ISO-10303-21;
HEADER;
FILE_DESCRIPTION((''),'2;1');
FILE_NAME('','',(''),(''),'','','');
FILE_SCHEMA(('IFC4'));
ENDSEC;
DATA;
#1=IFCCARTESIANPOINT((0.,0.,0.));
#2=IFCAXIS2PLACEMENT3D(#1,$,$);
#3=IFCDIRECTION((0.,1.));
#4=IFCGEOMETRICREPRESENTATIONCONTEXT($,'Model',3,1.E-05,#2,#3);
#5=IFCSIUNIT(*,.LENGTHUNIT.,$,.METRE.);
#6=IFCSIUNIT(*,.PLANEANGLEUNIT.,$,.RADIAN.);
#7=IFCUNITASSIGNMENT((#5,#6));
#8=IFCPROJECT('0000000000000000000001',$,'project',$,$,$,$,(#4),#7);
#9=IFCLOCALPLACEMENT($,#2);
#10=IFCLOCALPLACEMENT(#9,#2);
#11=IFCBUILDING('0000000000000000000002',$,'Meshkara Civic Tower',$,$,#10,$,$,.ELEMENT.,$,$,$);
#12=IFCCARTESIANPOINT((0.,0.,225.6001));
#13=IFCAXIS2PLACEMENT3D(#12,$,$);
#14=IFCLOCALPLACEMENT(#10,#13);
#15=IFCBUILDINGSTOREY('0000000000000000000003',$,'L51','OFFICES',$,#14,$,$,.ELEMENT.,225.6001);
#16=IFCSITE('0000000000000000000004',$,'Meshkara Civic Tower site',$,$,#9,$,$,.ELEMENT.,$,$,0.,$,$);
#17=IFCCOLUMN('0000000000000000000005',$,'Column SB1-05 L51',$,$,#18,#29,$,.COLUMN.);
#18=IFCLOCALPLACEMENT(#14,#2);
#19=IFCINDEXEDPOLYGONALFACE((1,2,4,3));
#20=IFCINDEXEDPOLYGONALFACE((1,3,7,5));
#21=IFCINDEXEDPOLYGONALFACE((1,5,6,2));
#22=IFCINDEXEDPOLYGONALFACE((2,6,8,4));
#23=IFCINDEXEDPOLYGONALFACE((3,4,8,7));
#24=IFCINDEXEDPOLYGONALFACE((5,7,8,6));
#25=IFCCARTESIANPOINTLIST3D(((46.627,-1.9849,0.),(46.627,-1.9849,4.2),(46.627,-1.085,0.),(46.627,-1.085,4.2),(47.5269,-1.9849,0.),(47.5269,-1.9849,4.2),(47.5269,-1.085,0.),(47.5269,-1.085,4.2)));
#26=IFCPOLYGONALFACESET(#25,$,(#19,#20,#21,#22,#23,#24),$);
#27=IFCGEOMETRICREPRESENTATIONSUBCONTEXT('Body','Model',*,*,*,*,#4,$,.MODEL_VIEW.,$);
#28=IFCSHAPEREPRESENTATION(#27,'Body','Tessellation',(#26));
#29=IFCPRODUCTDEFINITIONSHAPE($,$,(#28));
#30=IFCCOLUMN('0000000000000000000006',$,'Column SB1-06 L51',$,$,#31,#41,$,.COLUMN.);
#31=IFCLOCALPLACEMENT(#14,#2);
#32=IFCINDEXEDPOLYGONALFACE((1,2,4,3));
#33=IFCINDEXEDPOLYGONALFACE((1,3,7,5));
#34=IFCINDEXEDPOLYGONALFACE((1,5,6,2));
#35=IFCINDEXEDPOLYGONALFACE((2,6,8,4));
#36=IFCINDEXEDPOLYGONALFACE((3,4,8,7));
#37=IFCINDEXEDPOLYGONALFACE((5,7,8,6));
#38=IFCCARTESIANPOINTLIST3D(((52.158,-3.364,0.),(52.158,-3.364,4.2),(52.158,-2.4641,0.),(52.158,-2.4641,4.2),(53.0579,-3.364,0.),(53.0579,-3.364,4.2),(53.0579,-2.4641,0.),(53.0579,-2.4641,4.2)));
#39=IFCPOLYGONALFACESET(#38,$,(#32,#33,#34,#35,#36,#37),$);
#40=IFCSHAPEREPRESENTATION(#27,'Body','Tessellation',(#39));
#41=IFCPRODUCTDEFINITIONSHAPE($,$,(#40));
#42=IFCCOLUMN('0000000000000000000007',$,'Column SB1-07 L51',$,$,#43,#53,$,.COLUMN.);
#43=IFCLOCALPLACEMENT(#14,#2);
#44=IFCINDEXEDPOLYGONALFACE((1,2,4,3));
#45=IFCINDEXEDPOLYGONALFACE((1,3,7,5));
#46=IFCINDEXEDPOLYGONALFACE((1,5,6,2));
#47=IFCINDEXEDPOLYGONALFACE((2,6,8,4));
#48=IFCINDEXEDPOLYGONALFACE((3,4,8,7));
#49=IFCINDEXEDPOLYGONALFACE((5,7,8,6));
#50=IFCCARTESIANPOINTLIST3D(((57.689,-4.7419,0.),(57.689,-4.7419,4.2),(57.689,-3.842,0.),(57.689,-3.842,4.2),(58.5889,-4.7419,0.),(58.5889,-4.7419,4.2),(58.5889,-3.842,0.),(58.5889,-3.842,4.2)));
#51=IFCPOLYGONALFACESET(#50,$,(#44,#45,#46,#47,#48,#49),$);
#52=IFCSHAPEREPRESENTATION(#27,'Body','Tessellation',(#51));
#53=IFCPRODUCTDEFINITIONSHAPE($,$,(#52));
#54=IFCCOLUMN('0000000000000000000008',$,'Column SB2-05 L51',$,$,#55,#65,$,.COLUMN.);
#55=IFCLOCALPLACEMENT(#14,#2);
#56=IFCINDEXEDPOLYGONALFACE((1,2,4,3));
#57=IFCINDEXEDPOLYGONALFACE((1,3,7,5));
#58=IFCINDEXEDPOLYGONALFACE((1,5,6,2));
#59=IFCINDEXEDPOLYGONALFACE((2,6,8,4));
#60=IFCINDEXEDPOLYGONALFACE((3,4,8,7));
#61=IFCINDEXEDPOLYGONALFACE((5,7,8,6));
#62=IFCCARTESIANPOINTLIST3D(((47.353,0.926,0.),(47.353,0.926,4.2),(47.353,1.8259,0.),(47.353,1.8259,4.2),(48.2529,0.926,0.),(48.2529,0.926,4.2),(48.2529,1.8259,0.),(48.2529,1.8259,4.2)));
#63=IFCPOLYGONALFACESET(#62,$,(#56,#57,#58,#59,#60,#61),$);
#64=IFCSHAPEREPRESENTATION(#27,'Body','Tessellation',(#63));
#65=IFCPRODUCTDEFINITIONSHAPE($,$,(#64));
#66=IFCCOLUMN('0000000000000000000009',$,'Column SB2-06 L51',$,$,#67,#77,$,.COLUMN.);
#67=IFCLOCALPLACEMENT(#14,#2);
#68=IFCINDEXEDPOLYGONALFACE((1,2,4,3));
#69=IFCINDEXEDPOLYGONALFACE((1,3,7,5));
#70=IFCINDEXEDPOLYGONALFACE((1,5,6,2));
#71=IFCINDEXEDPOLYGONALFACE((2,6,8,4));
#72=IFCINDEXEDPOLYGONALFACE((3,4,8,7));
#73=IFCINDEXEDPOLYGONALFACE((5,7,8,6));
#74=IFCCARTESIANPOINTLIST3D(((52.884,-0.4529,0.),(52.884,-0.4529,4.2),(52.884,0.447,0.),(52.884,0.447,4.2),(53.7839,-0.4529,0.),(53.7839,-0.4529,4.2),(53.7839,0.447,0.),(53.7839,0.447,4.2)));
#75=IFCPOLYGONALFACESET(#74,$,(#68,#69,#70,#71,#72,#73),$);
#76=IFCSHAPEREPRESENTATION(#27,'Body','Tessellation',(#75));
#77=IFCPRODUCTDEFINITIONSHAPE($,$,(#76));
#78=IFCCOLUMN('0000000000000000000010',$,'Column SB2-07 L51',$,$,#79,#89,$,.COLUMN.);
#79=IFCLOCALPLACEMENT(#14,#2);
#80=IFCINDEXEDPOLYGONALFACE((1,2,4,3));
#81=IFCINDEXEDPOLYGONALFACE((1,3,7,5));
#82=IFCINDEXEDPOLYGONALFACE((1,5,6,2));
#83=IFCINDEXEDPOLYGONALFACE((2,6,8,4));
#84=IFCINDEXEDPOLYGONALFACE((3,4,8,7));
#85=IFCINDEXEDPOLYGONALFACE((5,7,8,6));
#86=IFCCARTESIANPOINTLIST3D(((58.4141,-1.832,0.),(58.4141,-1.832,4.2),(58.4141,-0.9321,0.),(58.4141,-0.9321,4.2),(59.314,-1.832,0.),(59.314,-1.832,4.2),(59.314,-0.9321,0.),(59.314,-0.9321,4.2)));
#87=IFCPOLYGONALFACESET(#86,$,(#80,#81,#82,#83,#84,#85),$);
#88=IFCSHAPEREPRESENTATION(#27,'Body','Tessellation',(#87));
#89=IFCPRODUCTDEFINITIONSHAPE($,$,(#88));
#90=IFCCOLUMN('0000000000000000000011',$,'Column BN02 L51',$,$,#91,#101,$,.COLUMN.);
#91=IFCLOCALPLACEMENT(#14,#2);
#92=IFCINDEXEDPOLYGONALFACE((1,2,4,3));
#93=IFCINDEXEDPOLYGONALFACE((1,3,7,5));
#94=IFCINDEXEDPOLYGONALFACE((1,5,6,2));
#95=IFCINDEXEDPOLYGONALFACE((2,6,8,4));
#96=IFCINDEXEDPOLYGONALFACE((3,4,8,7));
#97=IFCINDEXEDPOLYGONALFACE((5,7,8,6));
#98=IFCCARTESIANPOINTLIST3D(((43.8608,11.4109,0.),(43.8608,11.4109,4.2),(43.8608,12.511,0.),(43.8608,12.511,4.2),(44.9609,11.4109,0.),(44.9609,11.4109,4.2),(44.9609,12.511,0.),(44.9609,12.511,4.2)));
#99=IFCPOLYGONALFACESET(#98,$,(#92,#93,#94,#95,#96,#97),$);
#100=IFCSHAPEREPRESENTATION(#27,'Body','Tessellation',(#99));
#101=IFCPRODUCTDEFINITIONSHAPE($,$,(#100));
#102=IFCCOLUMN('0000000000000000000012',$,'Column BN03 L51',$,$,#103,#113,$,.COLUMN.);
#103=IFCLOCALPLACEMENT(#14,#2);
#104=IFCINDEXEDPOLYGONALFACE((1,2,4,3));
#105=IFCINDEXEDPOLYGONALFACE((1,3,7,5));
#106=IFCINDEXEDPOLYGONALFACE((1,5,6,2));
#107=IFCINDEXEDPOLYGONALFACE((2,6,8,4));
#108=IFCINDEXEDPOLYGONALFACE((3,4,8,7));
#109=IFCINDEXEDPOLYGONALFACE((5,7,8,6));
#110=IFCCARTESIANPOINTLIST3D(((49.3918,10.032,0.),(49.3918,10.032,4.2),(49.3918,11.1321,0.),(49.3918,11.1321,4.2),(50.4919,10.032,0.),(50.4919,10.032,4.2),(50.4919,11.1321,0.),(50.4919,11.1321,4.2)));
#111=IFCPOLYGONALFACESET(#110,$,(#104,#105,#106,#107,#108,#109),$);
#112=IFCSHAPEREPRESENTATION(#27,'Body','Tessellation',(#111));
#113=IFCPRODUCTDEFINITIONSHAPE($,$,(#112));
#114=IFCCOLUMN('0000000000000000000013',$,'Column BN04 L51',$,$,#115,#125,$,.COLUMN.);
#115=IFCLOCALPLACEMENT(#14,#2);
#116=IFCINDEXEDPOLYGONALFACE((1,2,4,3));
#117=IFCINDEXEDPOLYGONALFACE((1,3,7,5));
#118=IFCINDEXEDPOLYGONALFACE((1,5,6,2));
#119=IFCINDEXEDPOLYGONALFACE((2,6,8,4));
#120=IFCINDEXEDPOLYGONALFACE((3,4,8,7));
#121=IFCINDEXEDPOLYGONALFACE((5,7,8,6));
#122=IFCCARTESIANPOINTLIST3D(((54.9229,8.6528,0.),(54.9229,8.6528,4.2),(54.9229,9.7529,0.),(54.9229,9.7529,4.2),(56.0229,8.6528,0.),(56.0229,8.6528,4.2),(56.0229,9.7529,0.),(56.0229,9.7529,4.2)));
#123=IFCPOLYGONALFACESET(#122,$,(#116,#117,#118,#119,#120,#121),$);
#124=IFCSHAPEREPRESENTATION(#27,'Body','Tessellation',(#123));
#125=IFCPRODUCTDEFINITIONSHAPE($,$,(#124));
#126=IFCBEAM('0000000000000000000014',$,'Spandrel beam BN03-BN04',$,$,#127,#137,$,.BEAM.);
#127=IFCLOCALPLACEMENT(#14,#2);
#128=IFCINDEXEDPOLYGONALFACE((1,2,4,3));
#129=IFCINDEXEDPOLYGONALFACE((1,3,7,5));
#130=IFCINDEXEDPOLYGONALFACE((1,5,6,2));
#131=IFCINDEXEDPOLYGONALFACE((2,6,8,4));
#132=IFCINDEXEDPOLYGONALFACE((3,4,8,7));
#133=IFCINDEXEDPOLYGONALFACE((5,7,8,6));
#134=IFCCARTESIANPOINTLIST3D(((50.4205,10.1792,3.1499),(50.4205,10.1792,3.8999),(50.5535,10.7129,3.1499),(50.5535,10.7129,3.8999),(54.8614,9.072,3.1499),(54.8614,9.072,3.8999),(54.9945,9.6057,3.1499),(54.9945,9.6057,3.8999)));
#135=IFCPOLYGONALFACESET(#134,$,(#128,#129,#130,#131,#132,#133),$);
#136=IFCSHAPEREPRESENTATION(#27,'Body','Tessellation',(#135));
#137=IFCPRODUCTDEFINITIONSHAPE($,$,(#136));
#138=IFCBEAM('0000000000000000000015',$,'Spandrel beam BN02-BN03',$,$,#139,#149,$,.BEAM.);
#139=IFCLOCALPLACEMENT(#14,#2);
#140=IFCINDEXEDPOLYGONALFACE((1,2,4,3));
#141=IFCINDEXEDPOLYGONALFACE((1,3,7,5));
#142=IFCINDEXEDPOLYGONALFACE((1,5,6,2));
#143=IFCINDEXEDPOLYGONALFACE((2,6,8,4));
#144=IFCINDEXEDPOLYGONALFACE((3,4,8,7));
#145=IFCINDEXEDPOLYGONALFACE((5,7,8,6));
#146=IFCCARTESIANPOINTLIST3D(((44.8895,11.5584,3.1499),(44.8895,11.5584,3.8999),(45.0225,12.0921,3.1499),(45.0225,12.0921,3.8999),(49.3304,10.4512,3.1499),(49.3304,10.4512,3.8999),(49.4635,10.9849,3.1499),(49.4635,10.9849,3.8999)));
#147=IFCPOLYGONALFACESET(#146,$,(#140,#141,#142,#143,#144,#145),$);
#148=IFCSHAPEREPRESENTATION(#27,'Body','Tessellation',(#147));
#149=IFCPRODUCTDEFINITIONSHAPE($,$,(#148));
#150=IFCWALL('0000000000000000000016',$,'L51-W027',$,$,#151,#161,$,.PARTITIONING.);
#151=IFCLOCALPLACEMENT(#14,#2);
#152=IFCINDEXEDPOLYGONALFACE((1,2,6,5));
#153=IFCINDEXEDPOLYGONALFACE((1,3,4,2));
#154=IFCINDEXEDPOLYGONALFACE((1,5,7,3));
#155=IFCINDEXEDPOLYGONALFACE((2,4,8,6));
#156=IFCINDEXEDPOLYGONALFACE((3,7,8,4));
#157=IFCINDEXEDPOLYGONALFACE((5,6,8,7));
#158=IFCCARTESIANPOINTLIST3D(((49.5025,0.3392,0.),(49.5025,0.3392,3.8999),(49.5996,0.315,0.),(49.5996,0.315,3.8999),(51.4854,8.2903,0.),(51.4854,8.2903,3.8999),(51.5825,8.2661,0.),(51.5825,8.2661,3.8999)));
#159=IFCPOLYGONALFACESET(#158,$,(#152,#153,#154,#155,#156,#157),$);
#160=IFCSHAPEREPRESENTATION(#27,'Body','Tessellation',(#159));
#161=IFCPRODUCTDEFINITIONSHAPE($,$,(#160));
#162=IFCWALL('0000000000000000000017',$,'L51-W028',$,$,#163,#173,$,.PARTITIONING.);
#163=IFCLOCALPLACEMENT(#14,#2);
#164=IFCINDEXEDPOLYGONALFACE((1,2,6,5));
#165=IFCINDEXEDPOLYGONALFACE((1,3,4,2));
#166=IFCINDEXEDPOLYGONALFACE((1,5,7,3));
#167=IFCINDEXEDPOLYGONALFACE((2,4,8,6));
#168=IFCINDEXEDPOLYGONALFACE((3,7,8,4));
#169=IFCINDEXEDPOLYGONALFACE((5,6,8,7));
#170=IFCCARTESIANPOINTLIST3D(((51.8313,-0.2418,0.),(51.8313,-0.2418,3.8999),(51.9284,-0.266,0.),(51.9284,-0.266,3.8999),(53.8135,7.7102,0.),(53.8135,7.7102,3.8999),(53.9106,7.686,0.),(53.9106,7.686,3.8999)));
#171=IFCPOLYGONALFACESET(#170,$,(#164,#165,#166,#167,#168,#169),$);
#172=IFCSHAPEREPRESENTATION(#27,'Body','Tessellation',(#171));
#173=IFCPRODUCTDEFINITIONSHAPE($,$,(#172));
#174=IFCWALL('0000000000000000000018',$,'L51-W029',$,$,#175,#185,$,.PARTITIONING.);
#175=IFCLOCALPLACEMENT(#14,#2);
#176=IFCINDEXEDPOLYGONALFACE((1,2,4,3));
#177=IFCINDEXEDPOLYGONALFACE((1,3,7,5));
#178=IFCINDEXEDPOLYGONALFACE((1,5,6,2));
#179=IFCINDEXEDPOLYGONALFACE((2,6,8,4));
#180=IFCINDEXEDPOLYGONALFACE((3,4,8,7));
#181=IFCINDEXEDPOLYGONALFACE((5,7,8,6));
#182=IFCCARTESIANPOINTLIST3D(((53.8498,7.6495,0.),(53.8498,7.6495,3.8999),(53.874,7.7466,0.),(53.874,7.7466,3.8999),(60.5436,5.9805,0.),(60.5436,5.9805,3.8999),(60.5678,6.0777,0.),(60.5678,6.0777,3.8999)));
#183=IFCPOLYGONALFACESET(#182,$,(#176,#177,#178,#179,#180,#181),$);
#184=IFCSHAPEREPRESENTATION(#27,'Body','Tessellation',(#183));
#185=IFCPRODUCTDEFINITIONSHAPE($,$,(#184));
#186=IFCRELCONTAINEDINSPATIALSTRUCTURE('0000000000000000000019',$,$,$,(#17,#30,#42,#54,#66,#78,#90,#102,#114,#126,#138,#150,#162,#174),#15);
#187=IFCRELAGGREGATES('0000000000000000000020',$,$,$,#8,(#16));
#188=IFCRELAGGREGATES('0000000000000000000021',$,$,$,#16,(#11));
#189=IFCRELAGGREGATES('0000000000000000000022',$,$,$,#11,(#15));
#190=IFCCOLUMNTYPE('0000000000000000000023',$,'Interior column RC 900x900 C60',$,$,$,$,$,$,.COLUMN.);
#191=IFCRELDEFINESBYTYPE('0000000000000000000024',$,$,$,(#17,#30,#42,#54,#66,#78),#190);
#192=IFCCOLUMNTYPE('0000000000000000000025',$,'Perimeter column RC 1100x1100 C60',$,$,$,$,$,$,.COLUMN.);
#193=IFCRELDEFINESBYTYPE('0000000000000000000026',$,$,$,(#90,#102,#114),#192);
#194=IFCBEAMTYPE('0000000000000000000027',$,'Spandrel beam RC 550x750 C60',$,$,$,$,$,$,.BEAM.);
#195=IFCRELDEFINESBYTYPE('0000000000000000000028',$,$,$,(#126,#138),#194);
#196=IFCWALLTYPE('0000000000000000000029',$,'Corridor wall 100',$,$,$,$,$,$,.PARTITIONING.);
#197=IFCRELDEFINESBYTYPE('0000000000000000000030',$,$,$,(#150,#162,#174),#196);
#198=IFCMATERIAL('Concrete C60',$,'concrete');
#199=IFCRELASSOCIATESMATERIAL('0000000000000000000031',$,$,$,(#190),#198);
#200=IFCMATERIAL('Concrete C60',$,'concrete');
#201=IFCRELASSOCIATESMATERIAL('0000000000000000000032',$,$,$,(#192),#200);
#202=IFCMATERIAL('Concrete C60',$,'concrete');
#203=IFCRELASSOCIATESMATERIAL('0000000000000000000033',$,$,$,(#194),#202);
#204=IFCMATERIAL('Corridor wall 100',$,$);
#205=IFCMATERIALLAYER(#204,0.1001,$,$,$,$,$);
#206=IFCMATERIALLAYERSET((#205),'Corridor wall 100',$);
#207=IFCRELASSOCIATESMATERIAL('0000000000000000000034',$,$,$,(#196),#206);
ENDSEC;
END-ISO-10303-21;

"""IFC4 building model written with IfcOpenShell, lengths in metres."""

from ifc_helpers import new_model, si_unit, direction, frame, frame_2d, origin, origin_2d, place, context, subcontext, project, spatial, rectangle, extrude, material, layer, layer_set, material_profile, profile_set, type_object, element, save


model = new_model("IFC4")

# Units and contexts
model_context = context("Model", 3, precision=1e-05, world=origin(), true_north=direction((0.0, 1.0)))
body_context = subcontext(model_context, "Body", "Model", "MODEL_VIEW")
ifc_project = project(units=[si_unit("LENGTHUNIT", "METRE"), si_unit("PLANEANGLEUNIT", "RADIAN")], contexts=[model_context])

# Site, building, storey
site_placement = place(None, origin())
site = spatial("IfcSite", under=ifc_project, at=site_placement, Name="Meshkara Civic Tower site", CompositionType="ELEMENT", RefElevation=0.0)
building_placement = place(site_placement, origin())
building = spatial("IfcBuilding", under=site, at=building_placement, Name="Meshkara Civic Tower", CompositionType="ELEMENT")
storey_placement = place(building_placement, frame((0.0, 0.0, 225.6001)))
storey = spatial("IfcBuildingStorey", under=building, at=storey_placement, Name="L51", Description="OFFICES", CompositionType="ELEMENT", Elevation=225.6001)

# Columns
ifc_material_1 = material(Name="Concrete C60", Category="concrete")
ifc_material_profile_1 = material_profile(ifc_material_1, rectangle(XDim=0.8999, YDim=0.8999, at=origin_2d()))
ifc_profile_set_1 = profile_set([ifc_material_profile_1], Name="Concrete C60")
column_type_1 = type_object("IfcColumnType", Name="Interior column RC 900x900 C60", PredefinedType="COLUMN", material=ifc_profile_set_1)
for number, where, z_axis, x_axis, name in (
    (1, (47.0769, -1.5349, 0.0), (0.0, 0.0, 1.0), (1.0, 0.0, 0.0), "Column SB1-05 L51"),
    (2, (52.6079, -2.9141, 0.0), (0.0, 0.0, 1.0), (1.0, 0.0, 0.0), "Column SB1-06 L51"),
    (3, (58.1389, -4.292, 0.0), (0.0, 0.0, 1.0), (1.0, 0.0, 0.0), "Column SB1-07 L51"),
    (4, (47.803, 1.376, 0.0), (0.0, 0.0, 1.0), (1.0, 0.0, 0.0), "Column SB2-05 L51"),
    (5, (53.334, -0.0029, 0.0), (0.0, 0.0, 1.0), (1.0, 0.0, 0.0), "Column SB2-06 L51"),
    (6, (58.864, -1.3821, 0.0), (0.0, 0.0, 1.0), (1.0, 0.0, 0.0), "Column SB2-07 L51"),
):
    element("IfcColumn", number, at=place(storey_placement, frame(where, z_axis=z_axis, x_axis=x_axis)), inside=storey, type_object=column_type_1, Name=name, PredefinedType="COLUMN", context=body_context, shape_type="SweptSolid", body=[
        extrude(rectangle(XDim=0.8999, YDim=0.8999, at=origin_2d()), origin(), (0.0, 0.0, 1.0), 4.2),
    ])
ifc_material_2 = material(Name="Concrete C60", Category="concrete")
ifc_material_profile_2 = material_profile(ifc_material_2, rectangle(XDim=1.1001, YDim=1.1001, at=origin_2d()))
ifc_profile_set_2 = profile_set([ifc_material_profile_2], Name="Concrete C60")
column_type_2 = type_object("IfcColumnType", Name="Perimeter column RC 1100x1100 C60", PredefinedType="COLUMN", material=ifc_profile_set_2)
for number, where, z_axis, x_axis, name in (
    (7, (44.4109, 11.9609, 0.0), (0.0, 0.0, 1.0), (1.0, 0.0, 0.0), "Column BN02 L51"),
    (8, (49.9419, 10.582, 0.0), (0.0, 0.0, 1.0), (1.0, 0.0, 0.0), "Column BN03 L51"),
    (9, (55.4729, 9.2029, 0.0), (0.0, 0.0, 1.0), (1.0, 0.0, 0.0), "Column BN04 L51"),
):
    element("IfcColumn", number, at=place(storey_placement, frame(where, z_axis=z_axis, x_axis=x_axis)), inside=storey, type_object=column_type_2, Name=name, PredefinedType="COLUMN", context=body_context, shape_type="SweptSolid", body=[
        extrude(rectangle(XDim=1.1001, YDim=1.1001, at=origin_2d()), origin(), (0.0, 0.0, 1.0), 4.2),
    ])

# Beams
ifc_material_3 = material(Name="Concrete C60", Category="concrete")
ifc_material_profile_3 = material_profile(ifc_material_3, rectangle(XDim=0.55, YDim=0.75, at=origin_2d()))
ifc_profile_set_3 = profile_set([ifc_material_profile_3], Name="Concrete C60")
beam_type = type_object("IfcBeamType", Name="Spandrel beam RC 550x750 C60", PredefinedType="BEAM", material=ifc_profile_set_3)
for number, where, z_axis, x_axis, name in (
    (10, (54.928, 9.3389, 3.5249), (-0.970299, 0.241908, 0.0), (-0.241908, -0.970299, 0.0), "Spandrel beam BN03-BN04"),
    (11, (49.397, 10.718, 3.5249), (-0.970299, 0.241908, 0.0), (-0.241908, -0.970299, 0.0), "Spandrel beam BN02-BN03"),
):
    element("IfcBeam", number, at=place(storey_placement, frame(where, z_axis=z_axis, x_axis=x_axis)), inside=storey, type_object=beam_type, Name=name, PredefinedType="BEAM", context=body_context, shape_type="SweptSolid", body=[
        extrude(rectangle(XDim=0.55, YDim=0.75, at=origin_2d()), origin(), (0.0, 0.0, 1.0), 4.5769),
    ])

# Walls
ifc_material_4 = material(Name="Corridor wall 100")
ifc_layer_1 = layer(ifc_material_4, 0.1001)
ifc_layer_set_1 = layer_set([ifc_layer_1], Name="Corridor wall 100")
wall_type_1 = type_object("IfcWallType", Name="Corridor wall 100", PredefinedType="PARTITIONING", material=ifc_layer_set_1)
wall_1_placement = place(storey_placement, frame((51.5339, 8.2781, 0.0), z_axis=(0.0, 0.0, 1.0), x_axis=(-0.241975, -0.970283, 0.0)))
element("IfcWall", 12, at=wall_1_placement, inside=storey, type_object=wall_type_1, Name="L51-W027", PredefinedType="PARTITIONING", context=body_context, shape_type="SweptSolid", body=[
    extrude(rectangle(XDim=8.1946, YDim=0.1001, at=frame_2d((4.0972, 0.0))), origin(), (0.0, 0.0, 1.0), 3.8999),
])
wall_2_placement = place(storey_placement, frame((51.8799, -0.2539, 0.0), z_axis=(0.0, 0.0, 1.0), x_axis=(0.24187, 0.970309, 0.0)))
element("IfcWall", 13, at=wall_2_placement, inside=storey, type_object=wall_type_1, Name="L51-W028", PredefinedType="PARTITIONING", context=body_context, shape_type="SweptSolid", body=[
    extrude(rectangle(XDim=8.1953, YDim=0.1001, at=frame_2d((4.0977, 0.0))), origin(), (0.0, 0.0, 1.0), 3.8999),
])
wall_3_placement = place(storey_placement, frame((53.8621, 7.698, 0.0), z_axis=(0.0, 0.0, 1.0), x_axis=(0.970296, -0.241919, 0.0)))
element("IfcWall", 14, at=wall_3_placement, inside=storey, type_object=wall_type_1, Name="L51-W029", PredefinedType="PARTITIONING", context=body_context, shape_type="SweptSolid", body=[
    extrude(rectangle(XDim=6.8987, YDim=0.1001, at=frame_2d((3.4492, 0.0))), origin(), (0.0, 0.0, 1.0), 3.8999),
])

save(model, "model.ifc")
